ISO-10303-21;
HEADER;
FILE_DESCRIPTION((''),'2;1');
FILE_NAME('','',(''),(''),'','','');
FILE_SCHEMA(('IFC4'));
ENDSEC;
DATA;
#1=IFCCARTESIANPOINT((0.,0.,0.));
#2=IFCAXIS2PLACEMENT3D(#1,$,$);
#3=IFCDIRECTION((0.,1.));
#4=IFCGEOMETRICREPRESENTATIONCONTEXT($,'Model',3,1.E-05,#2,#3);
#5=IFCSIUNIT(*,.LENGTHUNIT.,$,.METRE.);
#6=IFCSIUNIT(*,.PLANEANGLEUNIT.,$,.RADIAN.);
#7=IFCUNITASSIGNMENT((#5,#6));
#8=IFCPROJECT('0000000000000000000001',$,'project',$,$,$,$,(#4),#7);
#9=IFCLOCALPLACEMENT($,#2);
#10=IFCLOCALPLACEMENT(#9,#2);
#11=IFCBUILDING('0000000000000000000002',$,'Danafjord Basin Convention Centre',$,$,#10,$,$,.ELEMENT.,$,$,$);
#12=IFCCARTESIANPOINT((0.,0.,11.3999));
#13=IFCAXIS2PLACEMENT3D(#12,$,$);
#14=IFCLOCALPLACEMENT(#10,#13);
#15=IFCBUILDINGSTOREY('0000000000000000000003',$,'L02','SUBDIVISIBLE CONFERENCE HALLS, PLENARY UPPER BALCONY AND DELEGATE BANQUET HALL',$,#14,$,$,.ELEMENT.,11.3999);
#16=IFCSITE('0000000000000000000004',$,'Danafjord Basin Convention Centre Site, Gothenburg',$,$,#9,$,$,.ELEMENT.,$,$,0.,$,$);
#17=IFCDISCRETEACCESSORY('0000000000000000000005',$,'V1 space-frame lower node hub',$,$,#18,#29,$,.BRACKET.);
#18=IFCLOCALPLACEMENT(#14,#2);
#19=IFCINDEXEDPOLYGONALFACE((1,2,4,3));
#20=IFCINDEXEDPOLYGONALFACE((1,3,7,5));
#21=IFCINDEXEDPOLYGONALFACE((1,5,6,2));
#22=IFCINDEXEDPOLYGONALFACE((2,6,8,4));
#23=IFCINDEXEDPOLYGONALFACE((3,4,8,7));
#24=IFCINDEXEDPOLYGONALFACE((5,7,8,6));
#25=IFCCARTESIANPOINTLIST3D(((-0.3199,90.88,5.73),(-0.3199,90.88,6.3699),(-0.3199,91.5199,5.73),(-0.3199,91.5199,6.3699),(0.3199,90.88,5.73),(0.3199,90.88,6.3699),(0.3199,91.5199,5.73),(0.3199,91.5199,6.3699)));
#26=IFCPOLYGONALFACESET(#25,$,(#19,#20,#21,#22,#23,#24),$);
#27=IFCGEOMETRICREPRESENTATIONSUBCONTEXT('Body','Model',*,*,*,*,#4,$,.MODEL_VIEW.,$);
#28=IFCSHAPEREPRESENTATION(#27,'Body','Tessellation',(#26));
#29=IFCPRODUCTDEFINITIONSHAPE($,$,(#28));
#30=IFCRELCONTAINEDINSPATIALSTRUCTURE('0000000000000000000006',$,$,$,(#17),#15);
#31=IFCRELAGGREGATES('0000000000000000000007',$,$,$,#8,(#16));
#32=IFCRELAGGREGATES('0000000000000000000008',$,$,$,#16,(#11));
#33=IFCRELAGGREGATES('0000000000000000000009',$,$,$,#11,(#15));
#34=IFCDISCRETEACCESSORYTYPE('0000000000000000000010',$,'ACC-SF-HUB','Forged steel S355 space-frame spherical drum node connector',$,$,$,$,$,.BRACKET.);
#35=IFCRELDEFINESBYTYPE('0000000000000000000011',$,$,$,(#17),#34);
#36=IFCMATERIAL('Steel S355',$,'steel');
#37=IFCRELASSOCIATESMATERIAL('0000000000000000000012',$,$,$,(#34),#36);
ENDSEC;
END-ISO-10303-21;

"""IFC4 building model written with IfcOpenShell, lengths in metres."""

from ifc_helpers import new_model, si_unit, direction, frame, origin, origin_2d, place, context, subcontext, project, spatial, rectangle, extrude, material, type_object, element, save


model = new_model("IFC4")

# Units and contexts
model_context = context("Model", 3, precision=1e-05, world=origin(), true_north=direction((0.0, 1.0)))
body_context = subcontext(model_context, "Body", "Model", "MODEL_VIEW")
ifc_project = project(units=[si_unit("LENGTHUNIT", "METRE"), si_unit("PLANEANGLEUNIT", "RADIAN")], contexts=[model_context])

# Site, building, storey
site_placement = place(None, origin())
site = spatial("IfcSite", under=ifc_project, at=site_placement, Name="Danafjord Basin Convention Centre Site, Gothenburg", CompositionType="ELEMENT", RefElevation=0.0)
building_placement = place(site_placement, origin())
building = spatial("IfcBuilding", under=site, at=building_placement, Name="Danafjord Basin Convention Centre", CompositionType="ELEMENT")
storey_placement = place(building_placement, frame((0.0, 0.0, 11.3999)))
storey = spatial("IfcBuildingStorey", under=building, at=storey_placement, Name="L02", Description="SUBDIVISIBLE CONFERENCE HALLS, PLENARY UPPER BALCONY AND DELEGATE BANQUET HALL", CompositionType="ELEMENT", Elevation=11.3999)

# Shared definitions
ifc_material_1 = material(Name="Steel S355", Category="steel")

# Discrete accessory
discrete_accessory_type = type_object("IfcDiscreteAccessoryType", Name="ACC-SF-HUB", Description="Forged steel S355 space-frame spherical drum node connector", PredefinedType="BRACKET", material=ifc_material_1)
for number, where, z_axis, x_axis, name in (
    (1, (0.0, 91.2, 5.73), (0.0, 0.0, 1.0), (1.0, 0.0, 0.0), "V1 space-frame lower node hub"),
):
    element("IfcDiscreteAccessory", number, at=place(storey_placement, frame(where, z_axis=z_axis, x_axis=x_axis)), inside=storey, type_object=discrete_accessory_type, Name=name, PredefinedType="BRACKET", context=body_context, shape_type="SweptSolid", body=[
        extrude(rectangle(XDim=0.6399, YDim=0.6399, at=origin_2d()), origin(), (0.0, 0.0, 1.0), 0.6399),
    ])

save(model, "model.ifc")
